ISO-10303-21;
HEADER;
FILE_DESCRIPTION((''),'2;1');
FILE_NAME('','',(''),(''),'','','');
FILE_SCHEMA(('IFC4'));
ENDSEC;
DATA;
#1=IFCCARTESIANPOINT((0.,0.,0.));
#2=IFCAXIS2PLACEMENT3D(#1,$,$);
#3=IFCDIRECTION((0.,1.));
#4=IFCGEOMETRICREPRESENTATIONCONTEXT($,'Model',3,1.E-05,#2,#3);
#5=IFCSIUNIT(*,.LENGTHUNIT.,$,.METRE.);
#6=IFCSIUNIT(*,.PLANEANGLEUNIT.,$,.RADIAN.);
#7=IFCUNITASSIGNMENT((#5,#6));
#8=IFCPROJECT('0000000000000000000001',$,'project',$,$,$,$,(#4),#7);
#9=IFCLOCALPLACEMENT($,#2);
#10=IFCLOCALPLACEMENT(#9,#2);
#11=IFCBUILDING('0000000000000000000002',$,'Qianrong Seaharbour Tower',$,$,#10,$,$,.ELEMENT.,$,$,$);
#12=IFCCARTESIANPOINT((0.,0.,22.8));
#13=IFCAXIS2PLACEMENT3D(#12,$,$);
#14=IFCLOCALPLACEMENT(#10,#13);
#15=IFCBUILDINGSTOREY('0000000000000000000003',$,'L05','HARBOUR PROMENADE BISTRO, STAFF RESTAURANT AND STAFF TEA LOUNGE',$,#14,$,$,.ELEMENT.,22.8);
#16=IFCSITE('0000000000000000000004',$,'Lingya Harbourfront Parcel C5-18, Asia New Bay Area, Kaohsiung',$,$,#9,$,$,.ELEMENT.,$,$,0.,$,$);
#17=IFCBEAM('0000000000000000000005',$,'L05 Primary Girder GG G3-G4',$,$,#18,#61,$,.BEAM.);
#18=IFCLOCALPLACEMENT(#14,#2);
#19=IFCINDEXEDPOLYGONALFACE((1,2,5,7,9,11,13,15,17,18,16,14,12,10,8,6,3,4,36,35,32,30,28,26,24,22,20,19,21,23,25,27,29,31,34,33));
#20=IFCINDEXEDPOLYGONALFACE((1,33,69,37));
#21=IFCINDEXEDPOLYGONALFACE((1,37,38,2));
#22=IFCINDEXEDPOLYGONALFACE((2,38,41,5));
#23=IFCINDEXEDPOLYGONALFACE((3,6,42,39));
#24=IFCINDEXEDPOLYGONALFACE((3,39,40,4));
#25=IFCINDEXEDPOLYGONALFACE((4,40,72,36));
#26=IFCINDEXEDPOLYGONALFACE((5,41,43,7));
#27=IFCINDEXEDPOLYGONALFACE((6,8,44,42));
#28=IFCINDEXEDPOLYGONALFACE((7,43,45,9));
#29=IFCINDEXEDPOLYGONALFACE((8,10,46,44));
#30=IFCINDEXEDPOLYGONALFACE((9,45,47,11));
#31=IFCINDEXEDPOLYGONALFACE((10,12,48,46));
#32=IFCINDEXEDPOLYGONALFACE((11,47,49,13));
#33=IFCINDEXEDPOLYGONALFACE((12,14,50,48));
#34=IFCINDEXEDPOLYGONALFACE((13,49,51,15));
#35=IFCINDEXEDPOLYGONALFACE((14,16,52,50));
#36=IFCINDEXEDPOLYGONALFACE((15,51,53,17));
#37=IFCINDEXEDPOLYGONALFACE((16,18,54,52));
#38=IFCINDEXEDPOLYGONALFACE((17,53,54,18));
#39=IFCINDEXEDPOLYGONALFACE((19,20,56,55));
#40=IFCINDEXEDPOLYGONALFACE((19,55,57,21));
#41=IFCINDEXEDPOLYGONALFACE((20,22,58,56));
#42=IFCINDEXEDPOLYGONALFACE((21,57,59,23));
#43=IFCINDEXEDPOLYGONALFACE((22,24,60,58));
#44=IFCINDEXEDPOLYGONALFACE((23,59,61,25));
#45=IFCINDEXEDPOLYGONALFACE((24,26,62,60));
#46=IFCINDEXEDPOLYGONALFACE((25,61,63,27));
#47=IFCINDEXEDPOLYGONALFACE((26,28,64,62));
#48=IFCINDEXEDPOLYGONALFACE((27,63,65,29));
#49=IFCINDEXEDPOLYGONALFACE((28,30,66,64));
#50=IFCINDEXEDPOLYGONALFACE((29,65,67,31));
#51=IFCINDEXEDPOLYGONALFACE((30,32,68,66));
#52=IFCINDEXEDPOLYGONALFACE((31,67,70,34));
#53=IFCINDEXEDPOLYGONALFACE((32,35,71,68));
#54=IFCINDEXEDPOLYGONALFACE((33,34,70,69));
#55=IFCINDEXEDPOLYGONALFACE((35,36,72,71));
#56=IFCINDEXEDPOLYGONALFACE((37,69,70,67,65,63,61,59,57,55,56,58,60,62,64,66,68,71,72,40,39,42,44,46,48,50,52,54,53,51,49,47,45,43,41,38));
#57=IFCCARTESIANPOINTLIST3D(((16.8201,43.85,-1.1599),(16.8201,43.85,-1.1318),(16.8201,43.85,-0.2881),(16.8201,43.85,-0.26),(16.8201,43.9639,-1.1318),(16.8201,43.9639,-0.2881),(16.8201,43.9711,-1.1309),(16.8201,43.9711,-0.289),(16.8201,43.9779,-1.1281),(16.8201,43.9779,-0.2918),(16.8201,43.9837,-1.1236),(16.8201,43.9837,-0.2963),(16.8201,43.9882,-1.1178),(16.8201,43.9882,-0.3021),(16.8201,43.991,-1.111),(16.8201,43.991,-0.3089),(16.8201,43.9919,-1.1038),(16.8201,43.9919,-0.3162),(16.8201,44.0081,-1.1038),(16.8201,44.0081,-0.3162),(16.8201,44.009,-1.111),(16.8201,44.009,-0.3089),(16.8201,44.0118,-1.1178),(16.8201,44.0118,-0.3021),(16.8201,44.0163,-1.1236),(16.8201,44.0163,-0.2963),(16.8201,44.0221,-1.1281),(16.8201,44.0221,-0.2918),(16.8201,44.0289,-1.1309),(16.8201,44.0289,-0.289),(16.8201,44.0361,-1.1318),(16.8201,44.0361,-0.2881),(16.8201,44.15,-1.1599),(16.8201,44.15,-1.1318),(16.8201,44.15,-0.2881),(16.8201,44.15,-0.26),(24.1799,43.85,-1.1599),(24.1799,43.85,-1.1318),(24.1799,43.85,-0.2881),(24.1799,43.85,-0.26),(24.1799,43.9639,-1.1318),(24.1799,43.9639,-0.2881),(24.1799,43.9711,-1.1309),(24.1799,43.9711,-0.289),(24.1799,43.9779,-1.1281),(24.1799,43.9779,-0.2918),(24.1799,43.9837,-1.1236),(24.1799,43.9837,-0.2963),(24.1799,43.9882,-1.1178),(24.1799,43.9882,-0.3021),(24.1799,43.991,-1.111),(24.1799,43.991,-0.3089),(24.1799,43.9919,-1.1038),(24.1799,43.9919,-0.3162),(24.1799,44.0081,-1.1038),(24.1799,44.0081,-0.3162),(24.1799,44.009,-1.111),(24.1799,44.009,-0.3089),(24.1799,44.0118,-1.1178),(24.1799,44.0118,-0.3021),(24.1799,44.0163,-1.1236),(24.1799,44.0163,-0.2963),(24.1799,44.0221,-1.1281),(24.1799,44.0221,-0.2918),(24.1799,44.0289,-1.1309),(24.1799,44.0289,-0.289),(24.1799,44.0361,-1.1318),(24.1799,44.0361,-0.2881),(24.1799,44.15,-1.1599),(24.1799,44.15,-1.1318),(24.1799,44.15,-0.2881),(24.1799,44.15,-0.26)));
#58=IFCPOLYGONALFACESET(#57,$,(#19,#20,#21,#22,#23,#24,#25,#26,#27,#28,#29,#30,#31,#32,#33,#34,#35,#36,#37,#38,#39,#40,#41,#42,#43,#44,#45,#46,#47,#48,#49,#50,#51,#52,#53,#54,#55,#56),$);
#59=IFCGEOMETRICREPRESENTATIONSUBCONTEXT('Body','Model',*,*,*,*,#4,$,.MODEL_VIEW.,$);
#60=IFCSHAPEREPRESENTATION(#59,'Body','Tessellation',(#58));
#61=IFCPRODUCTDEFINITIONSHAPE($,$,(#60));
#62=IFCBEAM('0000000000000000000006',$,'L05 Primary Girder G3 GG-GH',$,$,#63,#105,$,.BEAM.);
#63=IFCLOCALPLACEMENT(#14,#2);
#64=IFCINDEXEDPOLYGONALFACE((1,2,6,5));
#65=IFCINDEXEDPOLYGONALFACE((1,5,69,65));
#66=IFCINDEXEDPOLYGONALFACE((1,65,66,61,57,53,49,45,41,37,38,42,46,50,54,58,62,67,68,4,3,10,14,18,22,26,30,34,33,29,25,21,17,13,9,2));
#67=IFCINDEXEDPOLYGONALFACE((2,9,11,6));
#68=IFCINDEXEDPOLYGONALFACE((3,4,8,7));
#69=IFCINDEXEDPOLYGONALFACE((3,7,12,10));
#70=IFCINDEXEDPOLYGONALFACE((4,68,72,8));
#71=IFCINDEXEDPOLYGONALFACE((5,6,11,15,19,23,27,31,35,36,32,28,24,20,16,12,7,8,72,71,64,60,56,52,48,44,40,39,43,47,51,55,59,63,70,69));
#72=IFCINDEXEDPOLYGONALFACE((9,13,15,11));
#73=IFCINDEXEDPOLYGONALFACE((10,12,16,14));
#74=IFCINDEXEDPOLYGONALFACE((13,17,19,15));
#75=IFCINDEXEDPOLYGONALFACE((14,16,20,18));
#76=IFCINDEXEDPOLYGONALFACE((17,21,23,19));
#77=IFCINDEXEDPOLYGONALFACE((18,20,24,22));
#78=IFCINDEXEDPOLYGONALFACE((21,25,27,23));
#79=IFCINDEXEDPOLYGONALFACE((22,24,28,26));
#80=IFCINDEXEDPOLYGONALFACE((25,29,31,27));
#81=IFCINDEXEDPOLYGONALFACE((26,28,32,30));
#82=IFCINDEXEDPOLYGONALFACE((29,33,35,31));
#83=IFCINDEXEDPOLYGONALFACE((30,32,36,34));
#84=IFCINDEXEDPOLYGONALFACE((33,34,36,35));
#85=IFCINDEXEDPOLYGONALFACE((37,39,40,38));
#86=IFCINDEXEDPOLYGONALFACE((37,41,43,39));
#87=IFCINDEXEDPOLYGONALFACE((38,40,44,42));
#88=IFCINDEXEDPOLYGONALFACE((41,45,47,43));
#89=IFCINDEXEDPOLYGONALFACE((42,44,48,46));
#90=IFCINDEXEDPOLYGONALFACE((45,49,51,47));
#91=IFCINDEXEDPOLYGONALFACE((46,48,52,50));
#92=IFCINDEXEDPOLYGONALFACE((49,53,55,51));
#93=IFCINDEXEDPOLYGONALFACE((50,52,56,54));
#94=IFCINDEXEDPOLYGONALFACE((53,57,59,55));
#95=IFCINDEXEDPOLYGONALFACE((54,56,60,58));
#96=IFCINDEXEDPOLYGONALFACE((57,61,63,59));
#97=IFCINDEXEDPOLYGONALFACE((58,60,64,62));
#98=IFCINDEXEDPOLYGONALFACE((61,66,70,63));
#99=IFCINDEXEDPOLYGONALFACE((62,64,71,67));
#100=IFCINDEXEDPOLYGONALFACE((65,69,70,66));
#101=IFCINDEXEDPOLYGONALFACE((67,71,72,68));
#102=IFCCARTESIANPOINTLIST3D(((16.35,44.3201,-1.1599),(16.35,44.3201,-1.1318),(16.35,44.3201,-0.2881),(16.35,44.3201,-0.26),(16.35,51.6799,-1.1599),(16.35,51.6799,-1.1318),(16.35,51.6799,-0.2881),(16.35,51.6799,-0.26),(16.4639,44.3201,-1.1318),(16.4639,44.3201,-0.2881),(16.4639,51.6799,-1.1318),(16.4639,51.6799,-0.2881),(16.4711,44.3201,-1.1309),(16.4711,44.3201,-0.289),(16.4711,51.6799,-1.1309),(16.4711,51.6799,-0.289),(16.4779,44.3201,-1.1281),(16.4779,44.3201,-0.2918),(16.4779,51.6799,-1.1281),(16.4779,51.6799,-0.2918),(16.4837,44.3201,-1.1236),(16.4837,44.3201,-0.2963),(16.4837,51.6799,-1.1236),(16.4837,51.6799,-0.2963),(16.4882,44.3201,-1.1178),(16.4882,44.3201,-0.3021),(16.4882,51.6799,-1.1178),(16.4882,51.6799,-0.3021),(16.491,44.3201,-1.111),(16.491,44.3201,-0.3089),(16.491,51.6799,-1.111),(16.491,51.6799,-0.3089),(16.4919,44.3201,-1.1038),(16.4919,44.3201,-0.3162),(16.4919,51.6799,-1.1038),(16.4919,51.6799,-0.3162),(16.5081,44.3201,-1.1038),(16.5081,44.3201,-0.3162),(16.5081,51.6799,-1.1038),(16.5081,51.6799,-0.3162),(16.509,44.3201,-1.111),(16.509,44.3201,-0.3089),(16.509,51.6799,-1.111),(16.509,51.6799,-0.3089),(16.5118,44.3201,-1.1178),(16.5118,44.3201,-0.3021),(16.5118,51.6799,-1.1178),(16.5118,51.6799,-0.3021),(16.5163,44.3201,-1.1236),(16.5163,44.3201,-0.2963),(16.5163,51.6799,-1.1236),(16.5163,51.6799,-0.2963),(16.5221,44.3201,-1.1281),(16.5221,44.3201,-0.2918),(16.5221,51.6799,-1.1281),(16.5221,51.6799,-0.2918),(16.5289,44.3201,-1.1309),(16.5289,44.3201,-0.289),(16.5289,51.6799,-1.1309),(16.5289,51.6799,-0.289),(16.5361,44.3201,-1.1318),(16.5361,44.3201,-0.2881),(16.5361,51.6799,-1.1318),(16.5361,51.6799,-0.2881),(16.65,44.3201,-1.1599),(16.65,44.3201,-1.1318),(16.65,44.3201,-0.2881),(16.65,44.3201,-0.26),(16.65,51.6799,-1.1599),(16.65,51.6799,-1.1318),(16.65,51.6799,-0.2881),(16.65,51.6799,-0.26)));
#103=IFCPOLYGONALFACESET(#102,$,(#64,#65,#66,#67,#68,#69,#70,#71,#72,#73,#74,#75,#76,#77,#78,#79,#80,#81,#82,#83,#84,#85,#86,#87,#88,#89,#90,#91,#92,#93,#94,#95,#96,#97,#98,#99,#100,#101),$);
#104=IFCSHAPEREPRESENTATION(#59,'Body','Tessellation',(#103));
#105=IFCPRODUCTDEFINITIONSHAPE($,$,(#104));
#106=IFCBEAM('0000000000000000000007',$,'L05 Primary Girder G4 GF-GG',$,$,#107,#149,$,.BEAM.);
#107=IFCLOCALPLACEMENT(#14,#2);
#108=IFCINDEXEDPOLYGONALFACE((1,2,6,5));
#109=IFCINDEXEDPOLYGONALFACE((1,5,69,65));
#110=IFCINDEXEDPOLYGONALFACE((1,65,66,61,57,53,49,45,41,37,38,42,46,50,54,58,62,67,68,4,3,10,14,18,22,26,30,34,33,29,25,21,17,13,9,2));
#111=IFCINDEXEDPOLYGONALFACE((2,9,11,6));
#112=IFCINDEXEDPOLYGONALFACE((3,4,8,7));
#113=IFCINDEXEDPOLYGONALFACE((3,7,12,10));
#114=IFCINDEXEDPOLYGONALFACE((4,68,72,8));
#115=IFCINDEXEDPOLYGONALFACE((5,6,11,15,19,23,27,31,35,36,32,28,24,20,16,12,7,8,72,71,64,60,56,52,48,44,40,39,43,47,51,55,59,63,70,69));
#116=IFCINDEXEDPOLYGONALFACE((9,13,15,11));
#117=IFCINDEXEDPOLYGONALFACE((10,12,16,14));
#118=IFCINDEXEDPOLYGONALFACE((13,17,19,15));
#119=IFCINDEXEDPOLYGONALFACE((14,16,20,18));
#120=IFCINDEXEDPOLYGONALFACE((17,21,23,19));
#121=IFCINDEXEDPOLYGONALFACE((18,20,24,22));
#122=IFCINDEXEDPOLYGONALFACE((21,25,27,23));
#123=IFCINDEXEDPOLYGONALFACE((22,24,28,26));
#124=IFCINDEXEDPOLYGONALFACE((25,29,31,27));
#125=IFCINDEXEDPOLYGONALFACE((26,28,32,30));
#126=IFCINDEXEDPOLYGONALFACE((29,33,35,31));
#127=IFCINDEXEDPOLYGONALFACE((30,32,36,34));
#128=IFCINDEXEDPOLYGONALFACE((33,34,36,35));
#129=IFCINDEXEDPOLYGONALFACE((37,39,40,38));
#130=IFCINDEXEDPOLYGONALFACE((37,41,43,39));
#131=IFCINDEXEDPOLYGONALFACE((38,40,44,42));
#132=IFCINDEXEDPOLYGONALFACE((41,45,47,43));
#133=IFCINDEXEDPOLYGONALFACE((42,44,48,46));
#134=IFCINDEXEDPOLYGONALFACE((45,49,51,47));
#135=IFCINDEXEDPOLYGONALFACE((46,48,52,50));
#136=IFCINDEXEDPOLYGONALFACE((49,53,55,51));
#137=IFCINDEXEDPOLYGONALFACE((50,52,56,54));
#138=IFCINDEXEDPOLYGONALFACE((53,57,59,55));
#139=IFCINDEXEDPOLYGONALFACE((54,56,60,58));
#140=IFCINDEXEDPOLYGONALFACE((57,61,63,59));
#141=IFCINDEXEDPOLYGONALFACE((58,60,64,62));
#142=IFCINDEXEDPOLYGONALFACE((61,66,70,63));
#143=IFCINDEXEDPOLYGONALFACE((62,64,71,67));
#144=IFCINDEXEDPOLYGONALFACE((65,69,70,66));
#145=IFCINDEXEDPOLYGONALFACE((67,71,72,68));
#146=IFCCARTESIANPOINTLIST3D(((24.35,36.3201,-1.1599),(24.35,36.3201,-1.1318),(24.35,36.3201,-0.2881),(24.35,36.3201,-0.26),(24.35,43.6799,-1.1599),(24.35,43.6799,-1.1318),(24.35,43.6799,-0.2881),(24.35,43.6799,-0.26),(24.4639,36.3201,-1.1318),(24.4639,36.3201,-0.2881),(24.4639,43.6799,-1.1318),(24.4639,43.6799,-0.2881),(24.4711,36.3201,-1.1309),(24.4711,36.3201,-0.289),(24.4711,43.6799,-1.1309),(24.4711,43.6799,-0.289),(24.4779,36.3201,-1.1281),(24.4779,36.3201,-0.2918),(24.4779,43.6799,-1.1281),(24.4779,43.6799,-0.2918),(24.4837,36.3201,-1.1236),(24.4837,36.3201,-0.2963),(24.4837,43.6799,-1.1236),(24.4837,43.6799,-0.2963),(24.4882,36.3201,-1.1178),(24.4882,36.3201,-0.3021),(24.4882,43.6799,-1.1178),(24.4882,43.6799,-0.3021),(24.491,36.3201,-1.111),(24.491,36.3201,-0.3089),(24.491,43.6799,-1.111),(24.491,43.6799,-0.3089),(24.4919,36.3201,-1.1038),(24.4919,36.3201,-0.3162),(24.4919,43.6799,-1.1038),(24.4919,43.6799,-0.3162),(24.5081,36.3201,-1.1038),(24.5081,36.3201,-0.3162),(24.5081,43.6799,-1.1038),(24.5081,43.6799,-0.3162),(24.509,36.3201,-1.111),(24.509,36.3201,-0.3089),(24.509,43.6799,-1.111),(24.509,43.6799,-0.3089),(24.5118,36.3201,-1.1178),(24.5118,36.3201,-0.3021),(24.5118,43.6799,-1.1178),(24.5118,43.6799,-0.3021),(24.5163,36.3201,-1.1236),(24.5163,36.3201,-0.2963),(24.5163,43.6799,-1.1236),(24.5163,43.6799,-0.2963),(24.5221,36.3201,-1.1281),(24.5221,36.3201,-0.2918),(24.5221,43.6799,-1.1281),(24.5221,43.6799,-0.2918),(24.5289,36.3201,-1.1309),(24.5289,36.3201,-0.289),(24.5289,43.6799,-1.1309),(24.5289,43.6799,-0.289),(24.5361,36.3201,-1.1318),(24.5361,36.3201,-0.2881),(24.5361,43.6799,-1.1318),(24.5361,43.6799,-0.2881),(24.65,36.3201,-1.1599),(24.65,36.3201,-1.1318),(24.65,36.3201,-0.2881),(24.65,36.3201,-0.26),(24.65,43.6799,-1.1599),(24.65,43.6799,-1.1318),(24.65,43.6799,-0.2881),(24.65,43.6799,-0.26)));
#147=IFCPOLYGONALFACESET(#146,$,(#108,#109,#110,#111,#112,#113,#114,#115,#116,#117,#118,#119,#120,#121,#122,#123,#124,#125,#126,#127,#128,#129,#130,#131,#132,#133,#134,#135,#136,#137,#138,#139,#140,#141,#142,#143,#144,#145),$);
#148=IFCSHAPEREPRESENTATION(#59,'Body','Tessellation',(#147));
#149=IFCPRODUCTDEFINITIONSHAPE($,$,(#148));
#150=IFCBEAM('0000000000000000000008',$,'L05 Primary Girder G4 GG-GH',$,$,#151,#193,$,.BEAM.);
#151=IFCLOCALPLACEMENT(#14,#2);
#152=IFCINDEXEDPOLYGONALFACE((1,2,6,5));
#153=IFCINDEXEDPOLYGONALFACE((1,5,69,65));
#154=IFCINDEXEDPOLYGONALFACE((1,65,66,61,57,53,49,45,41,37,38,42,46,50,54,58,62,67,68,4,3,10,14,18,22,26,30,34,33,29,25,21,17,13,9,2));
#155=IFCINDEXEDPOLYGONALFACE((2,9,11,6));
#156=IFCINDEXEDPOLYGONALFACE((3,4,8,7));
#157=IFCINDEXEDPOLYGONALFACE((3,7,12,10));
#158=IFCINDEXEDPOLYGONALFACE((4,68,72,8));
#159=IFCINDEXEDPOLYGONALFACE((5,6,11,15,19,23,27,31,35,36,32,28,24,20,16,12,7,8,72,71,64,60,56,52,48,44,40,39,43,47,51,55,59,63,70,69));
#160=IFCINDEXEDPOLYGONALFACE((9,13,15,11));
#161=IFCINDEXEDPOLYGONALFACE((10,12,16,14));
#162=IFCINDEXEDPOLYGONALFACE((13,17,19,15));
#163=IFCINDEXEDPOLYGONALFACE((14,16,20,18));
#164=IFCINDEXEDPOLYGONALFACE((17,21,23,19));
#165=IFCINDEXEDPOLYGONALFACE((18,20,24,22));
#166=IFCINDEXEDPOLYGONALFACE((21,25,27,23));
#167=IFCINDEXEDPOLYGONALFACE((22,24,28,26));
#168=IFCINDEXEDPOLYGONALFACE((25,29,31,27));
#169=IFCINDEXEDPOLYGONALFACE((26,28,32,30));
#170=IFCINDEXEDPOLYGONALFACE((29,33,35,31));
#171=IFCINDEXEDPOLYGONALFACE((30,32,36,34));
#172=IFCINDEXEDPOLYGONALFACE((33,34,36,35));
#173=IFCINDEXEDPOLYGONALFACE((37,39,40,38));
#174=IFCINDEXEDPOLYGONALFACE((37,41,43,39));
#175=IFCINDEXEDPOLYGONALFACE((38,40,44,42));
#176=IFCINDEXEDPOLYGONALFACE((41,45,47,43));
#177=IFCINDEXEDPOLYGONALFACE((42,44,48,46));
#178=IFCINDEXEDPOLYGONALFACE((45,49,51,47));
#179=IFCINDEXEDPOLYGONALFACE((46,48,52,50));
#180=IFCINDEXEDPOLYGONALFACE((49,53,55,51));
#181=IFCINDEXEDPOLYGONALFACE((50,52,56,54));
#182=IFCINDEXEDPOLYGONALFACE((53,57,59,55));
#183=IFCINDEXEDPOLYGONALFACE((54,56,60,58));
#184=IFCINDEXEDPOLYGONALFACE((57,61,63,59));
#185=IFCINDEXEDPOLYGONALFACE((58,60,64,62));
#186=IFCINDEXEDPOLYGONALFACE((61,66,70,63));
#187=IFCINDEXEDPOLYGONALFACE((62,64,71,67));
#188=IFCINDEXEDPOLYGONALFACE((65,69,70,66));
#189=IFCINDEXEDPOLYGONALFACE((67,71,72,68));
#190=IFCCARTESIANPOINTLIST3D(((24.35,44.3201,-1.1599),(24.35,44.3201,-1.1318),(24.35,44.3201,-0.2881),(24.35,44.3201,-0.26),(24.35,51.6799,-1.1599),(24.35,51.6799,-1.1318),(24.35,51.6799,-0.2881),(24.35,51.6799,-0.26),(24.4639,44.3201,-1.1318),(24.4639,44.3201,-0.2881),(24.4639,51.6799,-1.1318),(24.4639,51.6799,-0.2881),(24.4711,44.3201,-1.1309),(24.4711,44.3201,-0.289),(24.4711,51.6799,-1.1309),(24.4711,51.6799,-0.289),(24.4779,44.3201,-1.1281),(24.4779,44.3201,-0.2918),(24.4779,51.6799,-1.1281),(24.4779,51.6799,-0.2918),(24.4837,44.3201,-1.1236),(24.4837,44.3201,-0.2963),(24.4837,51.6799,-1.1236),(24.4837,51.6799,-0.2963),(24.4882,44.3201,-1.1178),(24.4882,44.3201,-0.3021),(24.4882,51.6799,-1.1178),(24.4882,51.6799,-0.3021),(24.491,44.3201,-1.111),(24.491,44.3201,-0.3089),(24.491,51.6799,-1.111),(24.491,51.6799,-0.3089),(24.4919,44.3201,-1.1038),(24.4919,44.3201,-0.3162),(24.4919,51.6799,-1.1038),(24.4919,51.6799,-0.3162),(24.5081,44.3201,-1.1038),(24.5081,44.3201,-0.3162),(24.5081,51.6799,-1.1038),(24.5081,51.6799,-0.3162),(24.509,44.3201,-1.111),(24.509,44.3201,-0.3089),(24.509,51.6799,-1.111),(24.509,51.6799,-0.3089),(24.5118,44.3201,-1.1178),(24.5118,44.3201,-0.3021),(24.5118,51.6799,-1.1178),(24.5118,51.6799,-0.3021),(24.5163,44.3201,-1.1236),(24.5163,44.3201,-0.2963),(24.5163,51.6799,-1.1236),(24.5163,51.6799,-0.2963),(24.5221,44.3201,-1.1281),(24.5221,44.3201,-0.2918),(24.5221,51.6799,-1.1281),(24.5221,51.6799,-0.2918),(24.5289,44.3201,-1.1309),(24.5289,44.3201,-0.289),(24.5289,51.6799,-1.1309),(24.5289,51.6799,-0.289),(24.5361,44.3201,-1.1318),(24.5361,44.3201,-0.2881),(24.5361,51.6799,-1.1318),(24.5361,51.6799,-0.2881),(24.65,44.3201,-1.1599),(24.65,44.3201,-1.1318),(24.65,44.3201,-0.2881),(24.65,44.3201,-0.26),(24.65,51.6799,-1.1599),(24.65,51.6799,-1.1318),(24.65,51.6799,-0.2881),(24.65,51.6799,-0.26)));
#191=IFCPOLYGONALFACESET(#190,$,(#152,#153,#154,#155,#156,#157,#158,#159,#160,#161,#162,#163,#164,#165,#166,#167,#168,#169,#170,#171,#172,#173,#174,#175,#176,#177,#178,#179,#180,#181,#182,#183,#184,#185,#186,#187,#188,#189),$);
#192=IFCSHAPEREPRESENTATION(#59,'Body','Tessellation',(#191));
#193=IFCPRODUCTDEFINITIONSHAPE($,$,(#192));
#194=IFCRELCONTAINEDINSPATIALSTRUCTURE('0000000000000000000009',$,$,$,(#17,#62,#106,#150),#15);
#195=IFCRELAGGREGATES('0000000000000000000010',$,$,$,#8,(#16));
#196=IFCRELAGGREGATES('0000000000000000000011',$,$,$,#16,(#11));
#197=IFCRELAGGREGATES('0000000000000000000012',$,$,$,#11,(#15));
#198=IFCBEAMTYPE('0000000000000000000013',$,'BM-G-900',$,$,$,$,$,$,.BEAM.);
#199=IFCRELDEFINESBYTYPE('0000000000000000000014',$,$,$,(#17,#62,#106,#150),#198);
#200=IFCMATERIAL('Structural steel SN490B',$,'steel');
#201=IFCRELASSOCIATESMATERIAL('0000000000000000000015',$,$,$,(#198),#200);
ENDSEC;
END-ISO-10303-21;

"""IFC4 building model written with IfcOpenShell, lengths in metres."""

from ifc_helpers import new_model, si_unit, direction, frame, origin, origin_2d, place, context, subcontext, project, spatial, i_section, extrude, material, material_profile, profile_set, type_object, element, save


model = new_model("IFC4")

# Units and contexts
model_context = context("Model", 3, precision=1e-05, world=origin(), true_north=direction((0.0, 1.0)))
body_context = subcontext(model_context, "Body", "Model", "MODEL_VIEW")
ifc_project = project(units=[si_unit("LENGTHUNIT", "METRE"), si_unit("PLANEANGLEUNIT", "RADIAN")], contexts=[model_context])

# Site, building, storey
site_placement = place(None, origin())
site = spatial("IfcSite", under=ifc_project, at=site_placement, Name="Lingya Harbourfront Parcel C5-18, Asia New Bay Area, Kaohsiung", CompositionType="ELEMENT", RefElevation=0.0)
building_placement = place(site_placement, origin())
building = spatial("IfcBuilding", under=site, at=building_placement, Name="Qianrong Seaharbour Tower", CompositionType="ELEMENT")
storey_placement = place(building_placement, frame((0.0, 0.0, 22.8)))
storey = spatial("IfcBuildingStorey", under=building, at=storey_placement, Name="L05", Description="HARBOUR PROMENADE BISTRO, STAFF RESTAURANT AND STAFF TEA LOUNGE", CompositionType="ELEMENT", Elevation=22.8)

# Shared definitions
ifc_material_1 = material(Name="Structural steel SN490B", Category="steel")

# Beams
ifc_material_profile_1 = material_profile(ifc_material_1, i_section(OverallWidth=0.3, OverallDepth=0.8999, WebThickness=0.0161, FlangeThickness=0.0281, FilletRadius=0.0281, at=origin_2d()), Name="H900x300x16x28")
ifc_profile_set_1 = profile_set([ifc_material_profile_1], Name="Structural steel SN490B")
beam_type_1 = type_object("IfcBeamType", Name="BM-G-900", PredefinedType="BEAM", material=ifc_profile_set_1)
for number, where, z_axis, x_axis, name in (
    (1, (16.8201, 44.0, -0.71), (1.0, 0.0, 0.0), (0.0, 1.0, 0.0), "L05 Primary Girder GG G3-G4"),
    (2, (16.5, 44.3201, -0.71), (0.0, 1.0, 0.0), (-1.0, 0.0, 0.0), "L05 Primary Girder G3 GG-GH"),
    (3, (24.5, 36.3201, -0.71), (0.0, 1.0, 0.0), (-1.0, 0.0, 0.0), "L05 Primary Girder G4 GF-GG"),
    (4, (24.5, 44.3201, -0.71), (0.0, 1.0, 0.0), (-1.0, 0.0, 0.0), "L05 Primary Girder G4 GG-GH"),
):
    element("IfcBeam", number, at=place(storey_placement, frame(where, z_axis=z_axis, x_axis=x_axis)), inside=storey, type_object=beam_type_1, Name=name, PredefinedType="BEAM", context=body_context, shape_type="SweptSolid", body=[
        extrude(i_section(OverallWidth=0.3, OverallDepth=0.8999, WebThickness=0.0161, FlangeThickness=0.0281, FilletRadius=0.0281, at=origin_2d()), origin(), (0.0, 0.0, 1.0), 7.3599),
    ])

save(model, "model.ifc")
